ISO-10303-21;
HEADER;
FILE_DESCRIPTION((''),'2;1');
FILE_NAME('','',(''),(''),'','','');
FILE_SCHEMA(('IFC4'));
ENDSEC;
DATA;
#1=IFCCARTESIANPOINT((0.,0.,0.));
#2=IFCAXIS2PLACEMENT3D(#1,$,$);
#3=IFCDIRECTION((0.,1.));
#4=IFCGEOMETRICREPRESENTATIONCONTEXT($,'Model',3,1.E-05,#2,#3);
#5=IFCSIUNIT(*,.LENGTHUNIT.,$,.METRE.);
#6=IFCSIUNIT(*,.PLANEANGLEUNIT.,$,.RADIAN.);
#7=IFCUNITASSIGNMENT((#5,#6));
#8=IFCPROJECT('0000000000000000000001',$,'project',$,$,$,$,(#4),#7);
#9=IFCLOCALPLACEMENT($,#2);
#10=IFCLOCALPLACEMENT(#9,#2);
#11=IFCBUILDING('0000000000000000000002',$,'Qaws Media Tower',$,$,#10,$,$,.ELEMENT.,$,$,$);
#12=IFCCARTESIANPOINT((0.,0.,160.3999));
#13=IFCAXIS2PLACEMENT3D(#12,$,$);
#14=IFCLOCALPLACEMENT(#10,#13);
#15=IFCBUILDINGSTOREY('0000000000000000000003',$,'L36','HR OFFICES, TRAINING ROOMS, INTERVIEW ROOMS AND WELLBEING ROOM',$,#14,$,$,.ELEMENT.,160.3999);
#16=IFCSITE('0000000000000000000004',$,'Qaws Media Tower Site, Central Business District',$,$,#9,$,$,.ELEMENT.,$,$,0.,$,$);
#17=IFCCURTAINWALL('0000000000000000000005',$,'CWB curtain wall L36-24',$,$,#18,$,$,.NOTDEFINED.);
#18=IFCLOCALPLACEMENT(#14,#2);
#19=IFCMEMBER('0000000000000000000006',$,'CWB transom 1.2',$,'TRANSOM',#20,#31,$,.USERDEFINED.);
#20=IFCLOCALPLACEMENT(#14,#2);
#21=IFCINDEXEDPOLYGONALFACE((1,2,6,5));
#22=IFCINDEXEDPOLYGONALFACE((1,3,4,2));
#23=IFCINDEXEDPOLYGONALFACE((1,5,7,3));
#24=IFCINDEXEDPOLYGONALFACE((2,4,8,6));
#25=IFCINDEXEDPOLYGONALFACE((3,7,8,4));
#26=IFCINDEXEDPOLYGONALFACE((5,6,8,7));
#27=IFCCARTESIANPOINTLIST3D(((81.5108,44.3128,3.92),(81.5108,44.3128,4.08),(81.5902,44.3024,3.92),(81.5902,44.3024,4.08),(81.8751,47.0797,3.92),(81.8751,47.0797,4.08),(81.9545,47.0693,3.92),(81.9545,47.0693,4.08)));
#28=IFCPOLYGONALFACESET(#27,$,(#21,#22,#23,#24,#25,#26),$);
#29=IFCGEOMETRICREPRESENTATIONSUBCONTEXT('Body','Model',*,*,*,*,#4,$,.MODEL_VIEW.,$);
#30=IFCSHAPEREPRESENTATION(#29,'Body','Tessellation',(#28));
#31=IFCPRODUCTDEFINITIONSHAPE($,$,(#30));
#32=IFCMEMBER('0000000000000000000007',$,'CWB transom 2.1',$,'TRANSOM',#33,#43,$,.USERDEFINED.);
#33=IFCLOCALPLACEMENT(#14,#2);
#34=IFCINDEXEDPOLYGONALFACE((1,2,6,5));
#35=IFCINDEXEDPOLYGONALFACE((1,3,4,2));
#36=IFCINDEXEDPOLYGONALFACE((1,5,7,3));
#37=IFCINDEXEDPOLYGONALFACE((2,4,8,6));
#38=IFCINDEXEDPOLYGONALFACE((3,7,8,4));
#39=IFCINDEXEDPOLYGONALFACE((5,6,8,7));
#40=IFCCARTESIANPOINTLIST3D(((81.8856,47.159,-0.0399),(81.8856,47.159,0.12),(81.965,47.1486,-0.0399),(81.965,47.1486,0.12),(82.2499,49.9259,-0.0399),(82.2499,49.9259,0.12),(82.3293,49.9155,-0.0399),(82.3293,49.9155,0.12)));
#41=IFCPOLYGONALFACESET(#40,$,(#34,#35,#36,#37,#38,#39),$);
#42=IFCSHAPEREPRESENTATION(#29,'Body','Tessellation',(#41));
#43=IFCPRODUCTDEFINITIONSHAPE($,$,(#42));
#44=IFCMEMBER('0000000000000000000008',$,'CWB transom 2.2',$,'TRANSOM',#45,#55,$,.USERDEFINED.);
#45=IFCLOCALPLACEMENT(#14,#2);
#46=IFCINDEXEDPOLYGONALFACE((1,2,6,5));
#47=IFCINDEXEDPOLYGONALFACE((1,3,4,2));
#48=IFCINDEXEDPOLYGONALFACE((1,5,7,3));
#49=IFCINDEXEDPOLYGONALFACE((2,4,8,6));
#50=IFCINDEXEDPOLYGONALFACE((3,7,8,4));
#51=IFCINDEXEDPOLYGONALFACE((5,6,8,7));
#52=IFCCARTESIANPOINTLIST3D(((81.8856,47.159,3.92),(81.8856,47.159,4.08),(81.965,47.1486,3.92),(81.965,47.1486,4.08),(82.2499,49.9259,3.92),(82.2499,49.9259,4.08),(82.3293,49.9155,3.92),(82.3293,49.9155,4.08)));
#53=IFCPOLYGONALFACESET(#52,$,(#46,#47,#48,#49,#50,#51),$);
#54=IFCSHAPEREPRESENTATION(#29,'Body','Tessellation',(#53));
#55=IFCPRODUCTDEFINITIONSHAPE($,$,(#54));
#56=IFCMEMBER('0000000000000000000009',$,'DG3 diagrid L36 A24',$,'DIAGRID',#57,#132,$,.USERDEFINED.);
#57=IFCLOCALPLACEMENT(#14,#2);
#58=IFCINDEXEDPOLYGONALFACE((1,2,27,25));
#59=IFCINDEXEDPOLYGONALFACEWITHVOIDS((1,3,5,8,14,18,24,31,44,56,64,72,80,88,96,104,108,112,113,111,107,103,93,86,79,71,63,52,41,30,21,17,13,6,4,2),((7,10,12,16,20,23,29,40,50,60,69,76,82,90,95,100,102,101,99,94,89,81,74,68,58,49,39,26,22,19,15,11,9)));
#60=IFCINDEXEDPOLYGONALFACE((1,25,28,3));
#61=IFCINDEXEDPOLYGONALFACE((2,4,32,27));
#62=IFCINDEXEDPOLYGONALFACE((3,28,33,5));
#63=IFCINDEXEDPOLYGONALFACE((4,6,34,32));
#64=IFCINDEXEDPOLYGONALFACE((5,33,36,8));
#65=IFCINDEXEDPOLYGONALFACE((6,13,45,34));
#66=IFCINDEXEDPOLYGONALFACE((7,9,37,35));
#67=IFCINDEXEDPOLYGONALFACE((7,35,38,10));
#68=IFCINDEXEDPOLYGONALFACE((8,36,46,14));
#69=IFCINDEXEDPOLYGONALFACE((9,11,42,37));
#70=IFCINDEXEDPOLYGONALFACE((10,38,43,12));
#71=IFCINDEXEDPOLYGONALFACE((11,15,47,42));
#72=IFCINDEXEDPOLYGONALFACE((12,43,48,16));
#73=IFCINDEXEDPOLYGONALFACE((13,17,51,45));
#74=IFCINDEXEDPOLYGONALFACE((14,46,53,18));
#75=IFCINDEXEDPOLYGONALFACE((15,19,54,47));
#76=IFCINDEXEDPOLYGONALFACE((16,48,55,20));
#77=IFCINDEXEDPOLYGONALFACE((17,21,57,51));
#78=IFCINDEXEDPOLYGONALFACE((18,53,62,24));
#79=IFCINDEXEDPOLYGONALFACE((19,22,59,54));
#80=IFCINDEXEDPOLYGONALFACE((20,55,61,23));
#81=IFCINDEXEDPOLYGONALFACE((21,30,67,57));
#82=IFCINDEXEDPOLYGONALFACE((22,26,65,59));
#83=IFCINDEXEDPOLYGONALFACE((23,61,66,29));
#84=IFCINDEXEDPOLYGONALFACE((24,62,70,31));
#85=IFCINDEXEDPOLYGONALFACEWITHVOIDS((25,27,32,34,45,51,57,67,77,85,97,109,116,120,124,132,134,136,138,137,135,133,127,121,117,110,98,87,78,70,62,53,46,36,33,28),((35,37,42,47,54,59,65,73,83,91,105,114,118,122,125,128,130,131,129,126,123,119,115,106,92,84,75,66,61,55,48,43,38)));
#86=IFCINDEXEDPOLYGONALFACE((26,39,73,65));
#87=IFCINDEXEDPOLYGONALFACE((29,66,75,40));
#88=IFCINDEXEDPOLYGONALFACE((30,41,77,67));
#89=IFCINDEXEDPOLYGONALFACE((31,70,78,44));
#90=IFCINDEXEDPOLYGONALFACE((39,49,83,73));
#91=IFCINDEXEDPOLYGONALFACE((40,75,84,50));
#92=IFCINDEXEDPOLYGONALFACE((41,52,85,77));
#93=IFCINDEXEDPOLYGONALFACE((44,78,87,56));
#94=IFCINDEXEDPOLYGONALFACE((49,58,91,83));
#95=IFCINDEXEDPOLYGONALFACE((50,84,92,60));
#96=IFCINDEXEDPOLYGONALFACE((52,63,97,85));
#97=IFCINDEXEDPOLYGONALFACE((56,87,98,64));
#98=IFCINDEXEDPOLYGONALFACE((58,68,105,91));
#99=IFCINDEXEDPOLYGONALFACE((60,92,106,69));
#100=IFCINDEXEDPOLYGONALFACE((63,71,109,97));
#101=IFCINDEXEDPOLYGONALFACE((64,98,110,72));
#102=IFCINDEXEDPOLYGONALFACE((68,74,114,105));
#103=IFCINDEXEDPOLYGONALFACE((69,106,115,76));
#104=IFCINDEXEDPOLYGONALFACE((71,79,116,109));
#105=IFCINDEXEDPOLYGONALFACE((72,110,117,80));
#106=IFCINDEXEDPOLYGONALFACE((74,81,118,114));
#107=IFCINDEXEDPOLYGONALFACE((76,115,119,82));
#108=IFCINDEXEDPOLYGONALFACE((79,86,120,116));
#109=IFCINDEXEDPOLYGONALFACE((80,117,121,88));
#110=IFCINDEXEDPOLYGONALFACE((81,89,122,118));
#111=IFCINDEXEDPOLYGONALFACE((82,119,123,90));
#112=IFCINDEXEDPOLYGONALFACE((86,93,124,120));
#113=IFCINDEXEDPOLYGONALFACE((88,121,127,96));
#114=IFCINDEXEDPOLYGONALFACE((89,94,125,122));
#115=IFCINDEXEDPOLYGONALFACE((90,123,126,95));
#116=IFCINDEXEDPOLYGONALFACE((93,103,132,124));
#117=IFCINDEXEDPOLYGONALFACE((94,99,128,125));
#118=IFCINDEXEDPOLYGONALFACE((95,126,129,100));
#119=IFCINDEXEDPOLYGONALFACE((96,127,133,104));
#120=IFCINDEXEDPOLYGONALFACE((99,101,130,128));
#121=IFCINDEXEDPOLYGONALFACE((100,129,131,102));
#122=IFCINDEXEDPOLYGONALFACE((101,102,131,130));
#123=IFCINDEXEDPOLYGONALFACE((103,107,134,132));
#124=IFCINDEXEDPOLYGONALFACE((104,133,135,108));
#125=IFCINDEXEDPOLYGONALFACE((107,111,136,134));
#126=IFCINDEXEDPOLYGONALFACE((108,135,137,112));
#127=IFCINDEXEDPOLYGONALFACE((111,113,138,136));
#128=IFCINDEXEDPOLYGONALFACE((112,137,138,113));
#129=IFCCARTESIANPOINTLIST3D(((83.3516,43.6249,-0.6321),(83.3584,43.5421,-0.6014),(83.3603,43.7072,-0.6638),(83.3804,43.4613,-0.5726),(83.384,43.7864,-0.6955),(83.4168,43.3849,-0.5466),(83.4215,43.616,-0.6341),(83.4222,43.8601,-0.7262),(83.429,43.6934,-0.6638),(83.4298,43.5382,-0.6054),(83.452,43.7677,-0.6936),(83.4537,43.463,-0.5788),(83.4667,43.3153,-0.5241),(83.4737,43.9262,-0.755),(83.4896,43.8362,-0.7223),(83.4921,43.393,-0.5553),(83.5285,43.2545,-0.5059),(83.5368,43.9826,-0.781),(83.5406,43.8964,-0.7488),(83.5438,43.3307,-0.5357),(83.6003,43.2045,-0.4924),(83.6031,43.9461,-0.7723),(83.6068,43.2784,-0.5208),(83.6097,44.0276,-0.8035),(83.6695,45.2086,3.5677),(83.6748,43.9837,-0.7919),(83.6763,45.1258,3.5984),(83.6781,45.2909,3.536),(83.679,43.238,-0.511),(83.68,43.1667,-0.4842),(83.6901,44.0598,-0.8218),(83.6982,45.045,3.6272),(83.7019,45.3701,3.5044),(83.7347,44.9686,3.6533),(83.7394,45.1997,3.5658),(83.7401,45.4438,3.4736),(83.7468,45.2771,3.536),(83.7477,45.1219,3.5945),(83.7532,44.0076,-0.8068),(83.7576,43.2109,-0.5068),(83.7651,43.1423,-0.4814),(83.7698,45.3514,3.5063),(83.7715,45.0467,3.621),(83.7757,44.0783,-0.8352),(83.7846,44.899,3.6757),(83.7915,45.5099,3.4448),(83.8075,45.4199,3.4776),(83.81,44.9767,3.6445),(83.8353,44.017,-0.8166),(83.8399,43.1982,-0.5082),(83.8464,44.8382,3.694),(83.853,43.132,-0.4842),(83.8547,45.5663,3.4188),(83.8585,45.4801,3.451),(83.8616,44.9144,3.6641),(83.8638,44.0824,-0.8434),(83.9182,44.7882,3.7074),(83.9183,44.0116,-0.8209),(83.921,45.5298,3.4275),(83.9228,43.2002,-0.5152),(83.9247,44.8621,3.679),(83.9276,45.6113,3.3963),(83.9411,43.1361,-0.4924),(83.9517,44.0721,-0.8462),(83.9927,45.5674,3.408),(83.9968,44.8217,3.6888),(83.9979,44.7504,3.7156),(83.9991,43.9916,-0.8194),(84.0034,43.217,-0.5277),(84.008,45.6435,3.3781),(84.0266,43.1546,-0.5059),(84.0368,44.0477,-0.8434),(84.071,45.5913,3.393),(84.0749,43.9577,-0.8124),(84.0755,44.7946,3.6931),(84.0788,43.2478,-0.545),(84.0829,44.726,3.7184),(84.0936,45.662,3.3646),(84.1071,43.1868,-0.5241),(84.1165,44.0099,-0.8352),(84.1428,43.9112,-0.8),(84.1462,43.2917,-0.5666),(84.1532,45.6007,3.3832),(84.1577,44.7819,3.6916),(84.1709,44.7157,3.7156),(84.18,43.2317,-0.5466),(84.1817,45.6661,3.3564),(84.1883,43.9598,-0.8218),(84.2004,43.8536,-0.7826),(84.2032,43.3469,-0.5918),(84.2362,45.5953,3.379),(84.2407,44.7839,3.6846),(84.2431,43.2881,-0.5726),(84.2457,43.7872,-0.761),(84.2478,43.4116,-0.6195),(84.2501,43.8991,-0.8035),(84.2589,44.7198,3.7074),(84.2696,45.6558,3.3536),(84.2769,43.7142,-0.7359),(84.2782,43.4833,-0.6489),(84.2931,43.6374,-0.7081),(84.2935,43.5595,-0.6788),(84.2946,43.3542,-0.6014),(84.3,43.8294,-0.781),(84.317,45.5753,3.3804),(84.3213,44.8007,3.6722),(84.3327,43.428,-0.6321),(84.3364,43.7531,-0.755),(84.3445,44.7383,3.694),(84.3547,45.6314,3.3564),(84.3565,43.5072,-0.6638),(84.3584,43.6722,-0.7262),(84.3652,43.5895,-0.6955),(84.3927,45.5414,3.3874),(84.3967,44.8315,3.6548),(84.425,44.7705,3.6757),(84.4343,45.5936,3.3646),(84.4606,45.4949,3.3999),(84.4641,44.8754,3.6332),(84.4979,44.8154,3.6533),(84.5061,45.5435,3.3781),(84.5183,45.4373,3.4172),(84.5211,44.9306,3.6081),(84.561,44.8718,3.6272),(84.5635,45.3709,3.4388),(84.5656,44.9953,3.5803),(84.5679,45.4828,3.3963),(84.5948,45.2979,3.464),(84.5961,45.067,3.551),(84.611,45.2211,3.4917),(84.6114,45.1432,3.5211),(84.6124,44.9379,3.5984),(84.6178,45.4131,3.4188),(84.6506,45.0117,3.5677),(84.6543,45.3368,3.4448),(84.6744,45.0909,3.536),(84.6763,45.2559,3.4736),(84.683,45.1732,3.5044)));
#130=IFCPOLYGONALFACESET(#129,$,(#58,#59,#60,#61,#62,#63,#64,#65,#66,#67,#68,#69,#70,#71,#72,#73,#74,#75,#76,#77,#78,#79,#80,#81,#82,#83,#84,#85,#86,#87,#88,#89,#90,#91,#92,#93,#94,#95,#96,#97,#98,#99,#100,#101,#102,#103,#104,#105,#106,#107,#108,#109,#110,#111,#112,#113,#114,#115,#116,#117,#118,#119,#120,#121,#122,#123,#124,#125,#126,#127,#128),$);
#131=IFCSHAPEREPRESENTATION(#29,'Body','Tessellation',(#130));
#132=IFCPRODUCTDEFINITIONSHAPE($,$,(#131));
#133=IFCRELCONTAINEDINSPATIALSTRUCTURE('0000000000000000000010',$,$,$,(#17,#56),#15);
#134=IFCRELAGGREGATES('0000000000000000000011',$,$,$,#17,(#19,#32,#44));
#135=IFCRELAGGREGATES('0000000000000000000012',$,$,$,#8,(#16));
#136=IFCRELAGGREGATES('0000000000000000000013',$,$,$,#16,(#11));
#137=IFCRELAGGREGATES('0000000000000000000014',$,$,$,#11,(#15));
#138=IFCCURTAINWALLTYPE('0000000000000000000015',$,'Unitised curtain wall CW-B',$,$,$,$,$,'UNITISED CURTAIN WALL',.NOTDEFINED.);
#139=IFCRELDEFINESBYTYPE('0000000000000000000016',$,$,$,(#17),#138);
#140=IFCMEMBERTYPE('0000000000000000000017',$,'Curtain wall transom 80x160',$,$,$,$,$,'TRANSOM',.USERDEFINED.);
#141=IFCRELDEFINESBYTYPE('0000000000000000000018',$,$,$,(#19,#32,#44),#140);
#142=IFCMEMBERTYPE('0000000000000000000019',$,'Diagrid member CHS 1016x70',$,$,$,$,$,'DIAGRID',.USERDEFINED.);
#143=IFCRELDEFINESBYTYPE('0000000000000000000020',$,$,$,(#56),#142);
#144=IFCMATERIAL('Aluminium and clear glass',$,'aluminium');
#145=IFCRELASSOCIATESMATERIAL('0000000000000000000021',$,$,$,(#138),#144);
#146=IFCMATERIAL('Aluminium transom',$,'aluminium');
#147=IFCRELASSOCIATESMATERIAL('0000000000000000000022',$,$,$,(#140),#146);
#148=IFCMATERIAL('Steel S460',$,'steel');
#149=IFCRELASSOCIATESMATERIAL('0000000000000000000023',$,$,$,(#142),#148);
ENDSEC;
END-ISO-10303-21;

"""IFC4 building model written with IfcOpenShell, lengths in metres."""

from ifc_helpers import new_model, si_unit, direction, frame, origin, origin_2d, place, context, subcontext, project, spatial, rectangle, hollow_circle, extrude, material, material_profile, profile_set, type_object, element, aggregate, save


model = new_model("IFC4")

# Units and contexts
model_context = context("Model", 3, precision=1e-05, world=origin(), true_north=direction((0.0, 1.0)))
body_context = subcontext(model_context, "Body", "Model", "MODEL_VIEW")
ifc_project = project(units=[si_unit("LENGTHUNIT", "METRE"), si_unit("PLANEANGLEUNIT", "RADIAN")], contexts=[model_context])

# Site, building, storey
site_placement = place(None, origin())
site = spatial("IfcSite", under=ifc_project, at=site_placement, Name="Qaws Media Tower Site, Central Business District", CompositionType="ELEMENT", RefElevation=0.0)
building_placement = place(site_placement, origin())
building = spatial("IfcBuilding", under=site, at=building_placement, Name="Qaws Media Tower", CompositionType="ELEMENT")
storey_placement = place(building_placement, frame((0.0, 0.0, 160.3999)))
storey = spatial("IfcBuildingStorey", under=building, at=storey_placement, Name="L36", Description="HR OFFICES, TRAINING ROOMS, INTERVIEW ROOMS AND WELLBEING ROOM", CompositionType="ELEMENT", Elevation=160.3999)

# Curtain wall
ifc_material_1 = material(Name="Aluminium and clear glass", Category="aluminium")
curtain_wall_type = type_object("IfcCurtainWallType", Name="Unitised curtain wall CW-B", ElementType="UNITISED CURTAIN WALL", PredefinedType="NOTDEFINED", material=ifc_material_1)
curtain_wall_1_placement = place(storey_placement, origin())
curtain_wall_1 = element("IfcCurtainWall", 1, at=curtain_wall_1_placement, inside=storey, type_object=curtain_wall_type, Name="CWB curtain wall L36-24", PredefinedType="NOTDEFINED")

# Members
ifc_material_2 = material(Name="Aluminium transom", Category="aluminium")
ifc_material_profile_1 = material_profile(ifc_material_2, rectangle(XDim=0.0801, YDim=0.1599, at=origin_2d()), Name="80x160")
ifc_profile_set_1 = profile_set([ifc_material_profile_1], Name="Aluminium transom")
member_type_1 = type_object("IfcMemberType", Name="Curtain wall transom 80x160", ElementType="TRANSOM", PredefinedType="USERDEFINED", material=ifc_profile_set_1)
member_1_placement = place(storey_placement, frame((81.5505, 44.3076, 4.0), z_axis=(0.130525, 0.991445, 0.0), x_axis=(-0.991445, 0.130525, 0.0)))
member_1 = element("IfcMember", 2, at=member_1_placement, type_object=member_type_1, Name="CWB transom 1.2", ObjectType="TRANSOM", PredefinedType="USERDEFINED", context=body_context, shape_type="SweptSolid", body=[
    extrude(rectangle(XDim=0.0801, YDim=0.1599, at=origin_2d()), origin(), (0.0, 0.0, 1.0), 2.7908),
])
member_2_placement = place(storey_placement, frame((81.9253, 47.1538, 0.04), z_axis=(0.130525, 0.991445, 0.0), x_axis=(-0.991445, 0.130525, 0.0)))
member_2 = element("IfcMember", 3, at=member_2_placement, type_object=member_type_1, Name="CWB transom 2.1", ObjectType="TRANSOM", PredefinedType="USERDEFINED", context=body_context, shape_type="SweptSolid", body=[
    extrude(rectangle(XDim=0.0801, YDim=0.1599, at=origin_2d()), origin(), (0.0, 0.0, 1.0), 2.7908),
])
member_3_placement = place(storey_placement, frame((81.9253, 47.1538, 4.0), z_axis=(0.130525, 0.991445, 0.0), x_axis=(-0.991445, 0.130525, 0.0)))
member_3 = element("IfcMember", 4, at=member_3_placement, type_object=member_type_1, Name="CWB transom 2.2", ObjectType="TRANSOM", PredefinedType="USERDEFINED", context=body_context, shape_type="SweptSolid", body=[
    extrude(rectangle(XDim=0.0801, YDim=0.1599, at=origin_2d()), origin(), (0.0, 0.0, 1.0), 2.7908),
])

# Member
ifc_material_3 = material(Name="Steel S460", Category="steel")
ifc_material_profile_2 = material_profile(ifc_material_3, hollow_circle(Radius=0.5081, WallThickness=0.0701, at=origin_2d()), Name="CHS 1016x70")
ifc_profile_set_2 = profile_set([ifc_material_profile_2], Name="Steel S460")
member_type_2 = type_object("IfcMemberType", Name="Diagrid member CHS 1016x70", ElementType="DIAGRID", PredefinedType="USERDEFINED", material=ifc_profile_set_2)
member_4_placement = place(storey_placement, frame((83.8584, 43.6072, -0.6638), z_axis=(0.07064, 0.351952, 0.933349), x_axis=(-0.980447, 0.196785, 0.0)))
element("IfcMember", 5, at=member_4_placement, inside=storey, type_object=member_type_2, Name="DG3 diagrid L36 A24", ObjectType="DIAGRID", PredefinedType="USERDEFINED", context=body_context, shape_type="SweptSolid", body=[
    extrude(hollow_circle(Radius=0.5081, WallThickness=0.0701, at=origin_2d()), origin(), (0.0, 0.0, 1.0), 4.4998),
])

aggregate(curtain_wall_1, [member_1, member_2, member_3])

save(model, "model.ifc")
